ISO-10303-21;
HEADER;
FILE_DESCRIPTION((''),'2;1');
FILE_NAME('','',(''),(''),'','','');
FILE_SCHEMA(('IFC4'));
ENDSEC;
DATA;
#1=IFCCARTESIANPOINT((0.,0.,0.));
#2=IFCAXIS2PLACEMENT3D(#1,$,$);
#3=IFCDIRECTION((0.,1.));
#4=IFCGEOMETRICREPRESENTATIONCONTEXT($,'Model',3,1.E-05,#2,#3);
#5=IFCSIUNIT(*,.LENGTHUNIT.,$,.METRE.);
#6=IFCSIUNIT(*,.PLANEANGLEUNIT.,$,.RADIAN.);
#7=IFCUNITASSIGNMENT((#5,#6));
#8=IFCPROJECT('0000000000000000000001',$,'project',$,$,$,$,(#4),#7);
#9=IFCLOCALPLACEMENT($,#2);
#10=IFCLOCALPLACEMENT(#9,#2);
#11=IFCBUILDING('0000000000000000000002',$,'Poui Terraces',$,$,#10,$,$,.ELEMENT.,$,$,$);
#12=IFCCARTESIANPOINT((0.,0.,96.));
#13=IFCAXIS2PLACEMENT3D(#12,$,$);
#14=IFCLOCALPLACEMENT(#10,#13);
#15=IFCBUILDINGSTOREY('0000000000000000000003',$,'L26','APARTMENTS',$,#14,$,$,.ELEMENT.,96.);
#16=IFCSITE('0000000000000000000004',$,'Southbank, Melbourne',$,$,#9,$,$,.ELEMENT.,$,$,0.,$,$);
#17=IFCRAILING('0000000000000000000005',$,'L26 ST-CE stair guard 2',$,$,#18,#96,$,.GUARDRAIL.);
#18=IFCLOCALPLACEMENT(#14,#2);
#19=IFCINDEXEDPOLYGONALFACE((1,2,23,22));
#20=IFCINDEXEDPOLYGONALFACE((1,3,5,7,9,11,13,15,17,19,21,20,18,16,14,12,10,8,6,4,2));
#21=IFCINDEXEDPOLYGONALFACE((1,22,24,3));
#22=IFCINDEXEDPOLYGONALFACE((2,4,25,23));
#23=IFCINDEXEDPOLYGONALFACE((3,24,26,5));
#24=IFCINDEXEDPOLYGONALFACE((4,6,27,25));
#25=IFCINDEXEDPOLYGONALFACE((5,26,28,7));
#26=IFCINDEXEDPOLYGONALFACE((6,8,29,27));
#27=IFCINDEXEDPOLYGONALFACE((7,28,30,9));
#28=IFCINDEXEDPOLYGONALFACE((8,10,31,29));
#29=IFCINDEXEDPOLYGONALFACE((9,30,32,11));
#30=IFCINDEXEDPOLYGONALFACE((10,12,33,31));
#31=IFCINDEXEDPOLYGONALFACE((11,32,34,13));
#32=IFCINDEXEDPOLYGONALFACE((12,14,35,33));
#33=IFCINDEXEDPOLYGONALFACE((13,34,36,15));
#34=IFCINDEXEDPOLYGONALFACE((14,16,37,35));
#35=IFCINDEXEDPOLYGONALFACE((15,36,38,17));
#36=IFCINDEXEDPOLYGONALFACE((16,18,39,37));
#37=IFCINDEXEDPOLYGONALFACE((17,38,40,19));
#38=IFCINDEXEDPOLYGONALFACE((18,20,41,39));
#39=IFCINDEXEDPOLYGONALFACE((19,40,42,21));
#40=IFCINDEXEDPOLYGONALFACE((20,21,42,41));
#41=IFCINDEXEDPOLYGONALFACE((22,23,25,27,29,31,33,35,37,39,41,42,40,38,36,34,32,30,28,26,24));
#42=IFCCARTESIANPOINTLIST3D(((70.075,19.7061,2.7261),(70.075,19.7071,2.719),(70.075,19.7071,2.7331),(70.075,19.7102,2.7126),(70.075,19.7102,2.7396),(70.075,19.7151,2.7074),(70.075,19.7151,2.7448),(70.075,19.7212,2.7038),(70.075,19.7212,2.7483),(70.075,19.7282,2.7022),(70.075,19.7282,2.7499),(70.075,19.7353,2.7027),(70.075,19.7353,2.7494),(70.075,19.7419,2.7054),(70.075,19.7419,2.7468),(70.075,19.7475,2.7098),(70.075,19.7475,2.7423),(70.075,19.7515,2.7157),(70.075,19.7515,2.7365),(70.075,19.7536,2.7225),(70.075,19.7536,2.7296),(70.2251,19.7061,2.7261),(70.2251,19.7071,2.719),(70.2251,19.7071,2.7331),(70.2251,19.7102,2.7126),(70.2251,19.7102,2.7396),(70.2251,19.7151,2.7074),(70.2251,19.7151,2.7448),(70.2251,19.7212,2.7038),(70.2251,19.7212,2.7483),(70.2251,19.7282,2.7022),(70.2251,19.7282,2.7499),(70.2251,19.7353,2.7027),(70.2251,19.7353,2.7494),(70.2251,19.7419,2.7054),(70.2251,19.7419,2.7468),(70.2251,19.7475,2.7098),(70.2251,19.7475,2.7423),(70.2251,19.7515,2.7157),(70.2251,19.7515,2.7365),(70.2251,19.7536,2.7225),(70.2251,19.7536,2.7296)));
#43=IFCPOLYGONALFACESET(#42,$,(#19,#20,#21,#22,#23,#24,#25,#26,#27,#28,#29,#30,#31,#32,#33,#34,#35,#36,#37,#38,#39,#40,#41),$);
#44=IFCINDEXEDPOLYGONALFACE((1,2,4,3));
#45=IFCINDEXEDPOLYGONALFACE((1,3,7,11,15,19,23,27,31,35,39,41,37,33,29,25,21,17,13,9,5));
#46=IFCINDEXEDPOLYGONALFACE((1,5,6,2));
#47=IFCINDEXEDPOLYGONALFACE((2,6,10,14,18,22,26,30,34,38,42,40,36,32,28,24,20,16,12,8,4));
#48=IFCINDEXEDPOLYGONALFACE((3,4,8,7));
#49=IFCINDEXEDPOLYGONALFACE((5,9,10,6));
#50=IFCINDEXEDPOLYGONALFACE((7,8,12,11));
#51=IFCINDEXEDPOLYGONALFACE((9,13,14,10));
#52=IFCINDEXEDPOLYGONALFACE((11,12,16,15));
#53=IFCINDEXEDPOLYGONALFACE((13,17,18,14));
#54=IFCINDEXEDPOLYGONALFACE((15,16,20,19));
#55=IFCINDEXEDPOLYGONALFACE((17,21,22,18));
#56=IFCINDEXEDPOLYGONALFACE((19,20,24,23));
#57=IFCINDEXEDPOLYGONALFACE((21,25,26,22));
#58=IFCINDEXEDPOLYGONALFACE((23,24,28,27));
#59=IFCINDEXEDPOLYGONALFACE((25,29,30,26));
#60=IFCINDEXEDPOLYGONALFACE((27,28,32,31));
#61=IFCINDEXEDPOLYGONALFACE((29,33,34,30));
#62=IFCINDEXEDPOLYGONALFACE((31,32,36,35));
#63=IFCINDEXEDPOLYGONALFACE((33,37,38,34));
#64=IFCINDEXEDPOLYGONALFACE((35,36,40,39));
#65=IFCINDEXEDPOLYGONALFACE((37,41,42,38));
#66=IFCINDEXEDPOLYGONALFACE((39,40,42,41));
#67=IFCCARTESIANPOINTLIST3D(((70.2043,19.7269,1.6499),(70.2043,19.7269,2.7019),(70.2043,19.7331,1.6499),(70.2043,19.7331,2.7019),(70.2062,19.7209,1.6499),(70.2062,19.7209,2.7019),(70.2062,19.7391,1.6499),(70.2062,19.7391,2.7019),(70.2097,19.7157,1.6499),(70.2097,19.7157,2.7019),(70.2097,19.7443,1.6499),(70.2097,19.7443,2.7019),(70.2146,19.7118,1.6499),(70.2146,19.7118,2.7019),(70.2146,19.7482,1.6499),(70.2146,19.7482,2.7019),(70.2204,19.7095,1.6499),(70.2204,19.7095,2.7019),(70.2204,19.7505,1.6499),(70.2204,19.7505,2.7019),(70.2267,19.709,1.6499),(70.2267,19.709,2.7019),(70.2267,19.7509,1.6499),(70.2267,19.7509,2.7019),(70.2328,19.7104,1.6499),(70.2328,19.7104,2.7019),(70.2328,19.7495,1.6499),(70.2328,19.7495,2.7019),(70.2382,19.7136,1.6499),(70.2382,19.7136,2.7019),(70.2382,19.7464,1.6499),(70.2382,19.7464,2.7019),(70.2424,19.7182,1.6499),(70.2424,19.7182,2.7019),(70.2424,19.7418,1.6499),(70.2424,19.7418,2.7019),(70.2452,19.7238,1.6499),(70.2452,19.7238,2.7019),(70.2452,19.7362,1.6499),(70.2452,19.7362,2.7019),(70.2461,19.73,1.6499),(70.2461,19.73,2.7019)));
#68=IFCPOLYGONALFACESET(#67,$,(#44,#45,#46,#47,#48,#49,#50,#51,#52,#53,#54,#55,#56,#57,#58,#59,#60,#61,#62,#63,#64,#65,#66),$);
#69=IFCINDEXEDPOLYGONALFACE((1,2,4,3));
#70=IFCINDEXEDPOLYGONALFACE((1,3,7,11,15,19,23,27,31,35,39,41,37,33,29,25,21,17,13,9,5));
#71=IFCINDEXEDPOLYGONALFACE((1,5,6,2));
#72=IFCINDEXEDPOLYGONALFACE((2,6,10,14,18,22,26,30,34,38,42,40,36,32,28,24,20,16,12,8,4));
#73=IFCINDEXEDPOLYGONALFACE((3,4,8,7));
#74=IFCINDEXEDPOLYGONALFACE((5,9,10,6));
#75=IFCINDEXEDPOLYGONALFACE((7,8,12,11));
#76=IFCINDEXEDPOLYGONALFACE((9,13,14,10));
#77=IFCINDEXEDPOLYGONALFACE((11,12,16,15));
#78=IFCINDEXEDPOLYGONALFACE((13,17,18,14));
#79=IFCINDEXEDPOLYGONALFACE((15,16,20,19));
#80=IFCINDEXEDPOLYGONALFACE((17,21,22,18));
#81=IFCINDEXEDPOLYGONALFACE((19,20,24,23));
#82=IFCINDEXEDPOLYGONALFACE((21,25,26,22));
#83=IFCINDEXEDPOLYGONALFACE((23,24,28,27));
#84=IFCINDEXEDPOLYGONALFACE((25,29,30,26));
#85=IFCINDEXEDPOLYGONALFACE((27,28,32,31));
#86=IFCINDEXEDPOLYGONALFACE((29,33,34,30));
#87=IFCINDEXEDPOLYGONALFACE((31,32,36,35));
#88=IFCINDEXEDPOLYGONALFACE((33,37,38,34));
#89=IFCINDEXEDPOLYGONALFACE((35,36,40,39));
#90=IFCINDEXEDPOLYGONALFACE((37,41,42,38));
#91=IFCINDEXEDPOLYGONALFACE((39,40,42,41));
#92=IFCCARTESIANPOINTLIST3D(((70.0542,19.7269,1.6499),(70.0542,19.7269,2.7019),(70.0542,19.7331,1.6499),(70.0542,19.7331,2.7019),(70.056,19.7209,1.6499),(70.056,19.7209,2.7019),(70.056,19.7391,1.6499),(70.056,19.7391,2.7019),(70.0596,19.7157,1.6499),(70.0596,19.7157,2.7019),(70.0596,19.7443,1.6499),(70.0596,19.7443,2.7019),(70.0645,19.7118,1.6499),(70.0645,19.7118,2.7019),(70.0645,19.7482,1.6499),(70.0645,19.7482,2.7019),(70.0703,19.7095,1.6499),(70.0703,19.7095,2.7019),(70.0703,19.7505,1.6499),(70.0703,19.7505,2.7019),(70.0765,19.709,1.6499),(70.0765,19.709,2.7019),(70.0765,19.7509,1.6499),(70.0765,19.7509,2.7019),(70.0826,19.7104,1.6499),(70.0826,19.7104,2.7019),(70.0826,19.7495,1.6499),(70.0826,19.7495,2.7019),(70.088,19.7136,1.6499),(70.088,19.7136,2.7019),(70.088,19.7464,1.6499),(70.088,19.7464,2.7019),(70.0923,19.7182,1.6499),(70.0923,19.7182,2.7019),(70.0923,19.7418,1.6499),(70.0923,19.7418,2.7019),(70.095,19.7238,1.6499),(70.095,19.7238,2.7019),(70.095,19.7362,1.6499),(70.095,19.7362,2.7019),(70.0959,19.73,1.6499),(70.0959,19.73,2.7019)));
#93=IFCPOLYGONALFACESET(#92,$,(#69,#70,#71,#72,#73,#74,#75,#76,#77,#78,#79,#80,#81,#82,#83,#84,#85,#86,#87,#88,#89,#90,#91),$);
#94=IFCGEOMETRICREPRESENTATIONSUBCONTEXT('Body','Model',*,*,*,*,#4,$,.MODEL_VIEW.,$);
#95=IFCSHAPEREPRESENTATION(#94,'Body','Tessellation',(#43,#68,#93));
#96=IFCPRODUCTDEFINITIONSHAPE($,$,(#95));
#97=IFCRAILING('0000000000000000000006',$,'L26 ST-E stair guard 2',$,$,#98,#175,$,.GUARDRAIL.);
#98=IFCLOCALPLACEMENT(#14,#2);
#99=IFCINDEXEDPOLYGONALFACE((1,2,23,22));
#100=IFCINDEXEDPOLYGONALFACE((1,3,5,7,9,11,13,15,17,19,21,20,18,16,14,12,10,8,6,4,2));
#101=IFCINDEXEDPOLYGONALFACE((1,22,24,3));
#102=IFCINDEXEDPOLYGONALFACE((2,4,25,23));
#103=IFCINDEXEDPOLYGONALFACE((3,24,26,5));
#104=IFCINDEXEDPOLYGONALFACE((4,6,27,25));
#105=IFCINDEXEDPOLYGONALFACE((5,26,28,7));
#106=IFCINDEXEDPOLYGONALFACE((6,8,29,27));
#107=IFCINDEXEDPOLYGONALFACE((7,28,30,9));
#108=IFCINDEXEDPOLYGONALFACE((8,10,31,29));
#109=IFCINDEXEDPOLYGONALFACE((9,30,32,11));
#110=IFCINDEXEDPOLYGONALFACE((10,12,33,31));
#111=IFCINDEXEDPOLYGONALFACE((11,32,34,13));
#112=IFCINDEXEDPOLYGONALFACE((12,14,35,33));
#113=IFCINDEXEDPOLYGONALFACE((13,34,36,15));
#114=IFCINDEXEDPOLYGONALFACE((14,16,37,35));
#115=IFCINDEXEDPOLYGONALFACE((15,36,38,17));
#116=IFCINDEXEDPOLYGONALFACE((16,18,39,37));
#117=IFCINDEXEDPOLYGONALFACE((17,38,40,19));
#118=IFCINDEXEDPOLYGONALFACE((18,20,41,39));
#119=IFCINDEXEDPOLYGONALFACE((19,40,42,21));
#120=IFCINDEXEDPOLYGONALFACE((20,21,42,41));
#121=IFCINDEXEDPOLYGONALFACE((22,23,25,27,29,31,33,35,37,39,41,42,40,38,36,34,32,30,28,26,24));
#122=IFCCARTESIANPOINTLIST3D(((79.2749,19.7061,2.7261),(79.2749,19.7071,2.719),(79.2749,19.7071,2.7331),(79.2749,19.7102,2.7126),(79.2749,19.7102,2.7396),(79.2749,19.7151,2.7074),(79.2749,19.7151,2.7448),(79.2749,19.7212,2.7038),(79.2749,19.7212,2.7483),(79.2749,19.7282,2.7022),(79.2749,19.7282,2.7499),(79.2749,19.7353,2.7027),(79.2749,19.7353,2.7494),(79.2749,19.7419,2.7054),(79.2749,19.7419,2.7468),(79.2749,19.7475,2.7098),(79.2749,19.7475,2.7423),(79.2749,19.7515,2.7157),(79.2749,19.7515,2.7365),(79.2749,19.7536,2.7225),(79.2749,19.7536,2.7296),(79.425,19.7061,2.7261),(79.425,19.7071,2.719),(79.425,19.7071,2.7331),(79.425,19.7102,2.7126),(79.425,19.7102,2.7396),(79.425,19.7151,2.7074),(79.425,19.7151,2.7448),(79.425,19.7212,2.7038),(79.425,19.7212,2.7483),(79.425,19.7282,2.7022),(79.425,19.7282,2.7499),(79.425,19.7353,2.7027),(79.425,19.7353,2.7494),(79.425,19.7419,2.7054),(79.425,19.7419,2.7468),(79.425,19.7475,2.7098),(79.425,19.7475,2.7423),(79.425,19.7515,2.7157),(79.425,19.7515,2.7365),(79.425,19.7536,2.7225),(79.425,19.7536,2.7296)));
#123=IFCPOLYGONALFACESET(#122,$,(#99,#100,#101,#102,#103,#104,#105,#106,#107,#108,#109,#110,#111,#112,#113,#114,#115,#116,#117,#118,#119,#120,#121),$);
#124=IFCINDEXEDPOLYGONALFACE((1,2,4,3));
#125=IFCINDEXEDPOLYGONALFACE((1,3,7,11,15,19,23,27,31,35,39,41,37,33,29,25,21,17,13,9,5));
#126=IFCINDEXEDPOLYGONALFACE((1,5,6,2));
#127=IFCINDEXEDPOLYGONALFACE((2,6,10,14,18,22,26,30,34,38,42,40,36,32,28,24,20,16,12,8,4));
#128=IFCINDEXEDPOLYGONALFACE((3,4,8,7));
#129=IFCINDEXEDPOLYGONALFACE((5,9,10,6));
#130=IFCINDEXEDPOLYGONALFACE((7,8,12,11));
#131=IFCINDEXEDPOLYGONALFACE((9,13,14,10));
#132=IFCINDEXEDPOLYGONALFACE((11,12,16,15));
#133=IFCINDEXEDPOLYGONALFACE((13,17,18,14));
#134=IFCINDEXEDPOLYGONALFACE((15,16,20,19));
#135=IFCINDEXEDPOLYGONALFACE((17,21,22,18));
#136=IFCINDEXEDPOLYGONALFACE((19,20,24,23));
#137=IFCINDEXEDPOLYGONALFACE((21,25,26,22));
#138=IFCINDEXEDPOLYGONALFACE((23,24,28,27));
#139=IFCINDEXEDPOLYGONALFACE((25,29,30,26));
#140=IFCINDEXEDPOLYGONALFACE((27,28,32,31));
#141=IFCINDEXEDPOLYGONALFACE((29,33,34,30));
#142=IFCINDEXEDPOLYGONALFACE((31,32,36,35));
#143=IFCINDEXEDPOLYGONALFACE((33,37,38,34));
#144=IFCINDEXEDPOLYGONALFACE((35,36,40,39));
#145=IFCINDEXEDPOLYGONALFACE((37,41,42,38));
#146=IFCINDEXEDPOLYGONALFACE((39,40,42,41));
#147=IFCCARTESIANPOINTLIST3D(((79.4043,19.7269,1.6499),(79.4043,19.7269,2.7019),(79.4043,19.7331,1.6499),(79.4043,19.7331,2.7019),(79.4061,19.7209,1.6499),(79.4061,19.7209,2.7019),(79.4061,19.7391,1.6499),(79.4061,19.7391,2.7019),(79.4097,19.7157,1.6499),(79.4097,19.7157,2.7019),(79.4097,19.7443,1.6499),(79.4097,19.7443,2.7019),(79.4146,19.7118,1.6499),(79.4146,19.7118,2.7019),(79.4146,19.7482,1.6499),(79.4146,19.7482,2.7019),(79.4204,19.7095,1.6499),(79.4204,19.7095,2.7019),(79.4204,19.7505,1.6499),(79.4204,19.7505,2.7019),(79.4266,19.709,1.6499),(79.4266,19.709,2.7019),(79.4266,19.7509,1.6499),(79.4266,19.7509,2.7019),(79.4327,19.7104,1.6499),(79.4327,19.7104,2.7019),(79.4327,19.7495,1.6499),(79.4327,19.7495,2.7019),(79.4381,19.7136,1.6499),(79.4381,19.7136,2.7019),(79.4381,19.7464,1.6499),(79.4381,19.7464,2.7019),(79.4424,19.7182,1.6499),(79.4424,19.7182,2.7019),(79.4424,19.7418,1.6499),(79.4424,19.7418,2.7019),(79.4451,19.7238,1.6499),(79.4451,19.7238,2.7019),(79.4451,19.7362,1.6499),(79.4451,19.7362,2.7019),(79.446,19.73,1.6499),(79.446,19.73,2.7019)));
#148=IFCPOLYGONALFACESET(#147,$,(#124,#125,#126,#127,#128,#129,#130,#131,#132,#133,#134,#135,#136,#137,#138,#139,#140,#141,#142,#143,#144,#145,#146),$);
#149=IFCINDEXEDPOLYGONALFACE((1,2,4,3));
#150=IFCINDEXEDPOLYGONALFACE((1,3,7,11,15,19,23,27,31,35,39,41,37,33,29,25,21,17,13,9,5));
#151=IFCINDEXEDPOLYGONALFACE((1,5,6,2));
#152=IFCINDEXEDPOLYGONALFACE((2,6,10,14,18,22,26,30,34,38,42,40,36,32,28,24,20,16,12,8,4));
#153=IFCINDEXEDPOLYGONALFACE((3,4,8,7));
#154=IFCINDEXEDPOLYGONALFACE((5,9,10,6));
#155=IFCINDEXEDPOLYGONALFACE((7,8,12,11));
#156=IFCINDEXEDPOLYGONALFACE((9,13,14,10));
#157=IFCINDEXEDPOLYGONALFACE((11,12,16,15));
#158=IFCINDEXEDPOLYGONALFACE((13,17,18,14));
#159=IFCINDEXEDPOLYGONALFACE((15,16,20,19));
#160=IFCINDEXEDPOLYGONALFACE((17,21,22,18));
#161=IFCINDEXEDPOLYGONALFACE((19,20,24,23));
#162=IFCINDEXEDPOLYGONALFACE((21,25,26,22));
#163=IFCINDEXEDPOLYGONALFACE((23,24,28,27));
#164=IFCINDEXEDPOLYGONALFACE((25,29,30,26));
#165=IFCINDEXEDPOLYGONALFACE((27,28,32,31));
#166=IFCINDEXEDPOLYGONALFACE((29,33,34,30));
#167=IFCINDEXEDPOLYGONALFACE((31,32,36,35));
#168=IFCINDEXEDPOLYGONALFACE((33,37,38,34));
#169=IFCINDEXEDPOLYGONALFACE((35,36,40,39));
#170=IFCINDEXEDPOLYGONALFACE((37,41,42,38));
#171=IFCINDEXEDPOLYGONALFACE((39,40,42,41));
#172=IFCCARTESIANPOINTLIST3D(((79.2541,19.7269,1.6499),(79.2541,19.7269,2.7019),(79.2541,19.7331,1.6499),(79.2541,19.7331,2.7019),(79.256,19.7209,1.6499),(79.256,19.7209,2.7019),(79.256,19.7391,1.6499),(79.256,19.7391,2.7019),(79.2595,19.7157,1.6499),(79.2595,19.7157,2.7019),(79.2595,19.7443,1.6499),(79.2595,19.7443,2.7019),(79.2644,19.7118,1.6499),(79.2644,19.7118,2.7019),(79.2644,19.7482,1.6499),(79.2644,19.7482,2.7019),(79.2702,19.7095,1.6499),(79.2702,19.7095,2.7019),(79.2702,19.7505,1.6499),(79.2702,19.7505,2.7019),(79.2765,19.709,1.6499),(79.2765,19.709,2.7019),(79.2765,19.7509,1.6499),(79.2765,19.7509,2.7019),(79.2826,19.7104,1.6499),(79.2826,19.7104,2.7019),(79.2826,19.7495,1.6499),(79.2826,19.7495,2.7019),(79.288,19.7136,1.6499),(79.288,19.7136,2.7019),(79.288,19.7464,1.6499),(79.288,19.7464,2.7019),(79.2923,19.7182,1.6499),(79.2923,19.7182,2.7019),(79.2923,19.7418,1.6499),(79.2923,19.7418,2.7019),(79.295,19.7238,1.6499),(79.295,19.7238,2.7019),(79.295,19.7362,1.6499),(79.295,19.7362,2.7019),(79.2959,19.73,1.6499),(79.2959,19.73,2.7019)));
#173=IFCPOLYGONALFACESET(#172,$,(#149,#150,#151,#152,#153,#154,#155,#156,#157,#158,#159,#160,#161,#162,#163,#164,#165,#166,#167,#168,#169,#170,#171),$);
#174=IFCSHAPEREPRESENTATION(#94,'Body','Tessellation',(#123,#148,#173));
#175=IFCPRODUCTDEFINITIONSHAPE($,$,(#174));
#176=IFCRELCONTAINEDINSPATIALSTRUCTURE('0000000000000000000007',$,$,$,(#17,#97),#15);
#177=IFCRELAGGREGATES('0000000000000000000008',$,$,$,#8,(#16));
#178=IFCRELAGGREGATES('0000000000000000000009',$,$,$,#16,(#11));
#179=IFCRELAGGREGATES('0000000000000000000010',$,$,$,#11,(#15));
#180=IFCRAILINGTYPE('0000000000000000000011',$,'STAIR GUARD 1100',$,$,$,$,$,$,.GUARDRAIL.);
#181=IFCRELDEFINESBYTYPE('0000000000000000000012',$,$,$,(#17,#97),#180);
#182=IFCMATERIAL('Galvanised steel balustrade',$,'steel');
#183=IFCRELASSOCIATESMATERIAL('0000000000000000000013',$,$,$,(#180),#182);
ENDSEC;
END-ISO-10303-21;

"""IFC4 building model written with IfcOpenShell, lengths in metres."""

from ifc_helpers import new_model, si_unit, direction, frame, origin, origin_2d, place, context, subcontext, project, spatial, circle, extrude, material, type_object, element, save


model = new_model("IFC4")

# Units and contexts
model_context = context("Model", 3, precision=1e-05, world=origin(), true_north=direction((0.0, 1.0)))
body_context = subcontext(model_context, "Body", "Model", "MODEL_VIEW")
ifc_project = project(units=[si_unit("LENGTHUNIT", "METRE"), si_unit("PLANEANGLEUNIT", "RADIAN")], contexts=[model_context])

# Site, building, storey
site_placement = place(None, origin())
site = spatial("IfcSite", under=ifc_project, at=site_placement, Name="Southbank, Melbourne", CompositionType="ELEMENT", RefElevation=0.0)
building_placement = place(site_placement, origin())
building = spatial("IfcBuilding", under=site, at=building_placement, Name="Poui Terraces", CompositionType="ELEMENT")
storey_placement = place(building_placement, frame((0.0, 0.0, 96.0)))
storey = spatial("IfcBuildingStorey", under=building, at=storey_placement, Name="L26", Description="APARTMENTS", CompositionType="ELEMENT", Elevation=96.0)

# Railings
ifc_material_1 = material(Name="Galvanised steel balustrade", Category="steel")
railing_type_1 = type_object("IfcRailingType", Name="STAIR GUARD 1100", PredefinedType="GUARDRAIL", material=ifc_material_1)
for number, where, name in (
    (1, (70.2251, 19.73, 1.6499), "L26 ST-CE stair guard 2"),
    (2, (79.425, 19.73, 1.6499), "L26 ST-E stair guard 2"),
):
    element("IfcRailing", number, at=place(storey_placement, frame(where)), inside=storey, type_object=railing_type_1, Name=name, PredefinedType="GUARDRAIL", context=body_context, shape_type="SweptSolid", body=[
        extrude(circle(Radius=0.0239, at=origin_2d()), frame((0.0, 0.0, 1.0762), z_axis=(-1.0, 0.0, 0.0), x_axis=(0.0, -1.0, 0.0)), (0.0, 0.0, 1.0), 0.1501),
        extrude(circle(Radius=0.021, at=origin_2d()), origin(), (0.0, 0.0, 1.0), 1.052),
        extrude(circle(Radius=0.021, at=origin_2d()), frame((-0.1501, 0.0, 0.0)), (0.0, 0.0, 1.0), 1.052),
    ])

save(model, "model.ifc")
